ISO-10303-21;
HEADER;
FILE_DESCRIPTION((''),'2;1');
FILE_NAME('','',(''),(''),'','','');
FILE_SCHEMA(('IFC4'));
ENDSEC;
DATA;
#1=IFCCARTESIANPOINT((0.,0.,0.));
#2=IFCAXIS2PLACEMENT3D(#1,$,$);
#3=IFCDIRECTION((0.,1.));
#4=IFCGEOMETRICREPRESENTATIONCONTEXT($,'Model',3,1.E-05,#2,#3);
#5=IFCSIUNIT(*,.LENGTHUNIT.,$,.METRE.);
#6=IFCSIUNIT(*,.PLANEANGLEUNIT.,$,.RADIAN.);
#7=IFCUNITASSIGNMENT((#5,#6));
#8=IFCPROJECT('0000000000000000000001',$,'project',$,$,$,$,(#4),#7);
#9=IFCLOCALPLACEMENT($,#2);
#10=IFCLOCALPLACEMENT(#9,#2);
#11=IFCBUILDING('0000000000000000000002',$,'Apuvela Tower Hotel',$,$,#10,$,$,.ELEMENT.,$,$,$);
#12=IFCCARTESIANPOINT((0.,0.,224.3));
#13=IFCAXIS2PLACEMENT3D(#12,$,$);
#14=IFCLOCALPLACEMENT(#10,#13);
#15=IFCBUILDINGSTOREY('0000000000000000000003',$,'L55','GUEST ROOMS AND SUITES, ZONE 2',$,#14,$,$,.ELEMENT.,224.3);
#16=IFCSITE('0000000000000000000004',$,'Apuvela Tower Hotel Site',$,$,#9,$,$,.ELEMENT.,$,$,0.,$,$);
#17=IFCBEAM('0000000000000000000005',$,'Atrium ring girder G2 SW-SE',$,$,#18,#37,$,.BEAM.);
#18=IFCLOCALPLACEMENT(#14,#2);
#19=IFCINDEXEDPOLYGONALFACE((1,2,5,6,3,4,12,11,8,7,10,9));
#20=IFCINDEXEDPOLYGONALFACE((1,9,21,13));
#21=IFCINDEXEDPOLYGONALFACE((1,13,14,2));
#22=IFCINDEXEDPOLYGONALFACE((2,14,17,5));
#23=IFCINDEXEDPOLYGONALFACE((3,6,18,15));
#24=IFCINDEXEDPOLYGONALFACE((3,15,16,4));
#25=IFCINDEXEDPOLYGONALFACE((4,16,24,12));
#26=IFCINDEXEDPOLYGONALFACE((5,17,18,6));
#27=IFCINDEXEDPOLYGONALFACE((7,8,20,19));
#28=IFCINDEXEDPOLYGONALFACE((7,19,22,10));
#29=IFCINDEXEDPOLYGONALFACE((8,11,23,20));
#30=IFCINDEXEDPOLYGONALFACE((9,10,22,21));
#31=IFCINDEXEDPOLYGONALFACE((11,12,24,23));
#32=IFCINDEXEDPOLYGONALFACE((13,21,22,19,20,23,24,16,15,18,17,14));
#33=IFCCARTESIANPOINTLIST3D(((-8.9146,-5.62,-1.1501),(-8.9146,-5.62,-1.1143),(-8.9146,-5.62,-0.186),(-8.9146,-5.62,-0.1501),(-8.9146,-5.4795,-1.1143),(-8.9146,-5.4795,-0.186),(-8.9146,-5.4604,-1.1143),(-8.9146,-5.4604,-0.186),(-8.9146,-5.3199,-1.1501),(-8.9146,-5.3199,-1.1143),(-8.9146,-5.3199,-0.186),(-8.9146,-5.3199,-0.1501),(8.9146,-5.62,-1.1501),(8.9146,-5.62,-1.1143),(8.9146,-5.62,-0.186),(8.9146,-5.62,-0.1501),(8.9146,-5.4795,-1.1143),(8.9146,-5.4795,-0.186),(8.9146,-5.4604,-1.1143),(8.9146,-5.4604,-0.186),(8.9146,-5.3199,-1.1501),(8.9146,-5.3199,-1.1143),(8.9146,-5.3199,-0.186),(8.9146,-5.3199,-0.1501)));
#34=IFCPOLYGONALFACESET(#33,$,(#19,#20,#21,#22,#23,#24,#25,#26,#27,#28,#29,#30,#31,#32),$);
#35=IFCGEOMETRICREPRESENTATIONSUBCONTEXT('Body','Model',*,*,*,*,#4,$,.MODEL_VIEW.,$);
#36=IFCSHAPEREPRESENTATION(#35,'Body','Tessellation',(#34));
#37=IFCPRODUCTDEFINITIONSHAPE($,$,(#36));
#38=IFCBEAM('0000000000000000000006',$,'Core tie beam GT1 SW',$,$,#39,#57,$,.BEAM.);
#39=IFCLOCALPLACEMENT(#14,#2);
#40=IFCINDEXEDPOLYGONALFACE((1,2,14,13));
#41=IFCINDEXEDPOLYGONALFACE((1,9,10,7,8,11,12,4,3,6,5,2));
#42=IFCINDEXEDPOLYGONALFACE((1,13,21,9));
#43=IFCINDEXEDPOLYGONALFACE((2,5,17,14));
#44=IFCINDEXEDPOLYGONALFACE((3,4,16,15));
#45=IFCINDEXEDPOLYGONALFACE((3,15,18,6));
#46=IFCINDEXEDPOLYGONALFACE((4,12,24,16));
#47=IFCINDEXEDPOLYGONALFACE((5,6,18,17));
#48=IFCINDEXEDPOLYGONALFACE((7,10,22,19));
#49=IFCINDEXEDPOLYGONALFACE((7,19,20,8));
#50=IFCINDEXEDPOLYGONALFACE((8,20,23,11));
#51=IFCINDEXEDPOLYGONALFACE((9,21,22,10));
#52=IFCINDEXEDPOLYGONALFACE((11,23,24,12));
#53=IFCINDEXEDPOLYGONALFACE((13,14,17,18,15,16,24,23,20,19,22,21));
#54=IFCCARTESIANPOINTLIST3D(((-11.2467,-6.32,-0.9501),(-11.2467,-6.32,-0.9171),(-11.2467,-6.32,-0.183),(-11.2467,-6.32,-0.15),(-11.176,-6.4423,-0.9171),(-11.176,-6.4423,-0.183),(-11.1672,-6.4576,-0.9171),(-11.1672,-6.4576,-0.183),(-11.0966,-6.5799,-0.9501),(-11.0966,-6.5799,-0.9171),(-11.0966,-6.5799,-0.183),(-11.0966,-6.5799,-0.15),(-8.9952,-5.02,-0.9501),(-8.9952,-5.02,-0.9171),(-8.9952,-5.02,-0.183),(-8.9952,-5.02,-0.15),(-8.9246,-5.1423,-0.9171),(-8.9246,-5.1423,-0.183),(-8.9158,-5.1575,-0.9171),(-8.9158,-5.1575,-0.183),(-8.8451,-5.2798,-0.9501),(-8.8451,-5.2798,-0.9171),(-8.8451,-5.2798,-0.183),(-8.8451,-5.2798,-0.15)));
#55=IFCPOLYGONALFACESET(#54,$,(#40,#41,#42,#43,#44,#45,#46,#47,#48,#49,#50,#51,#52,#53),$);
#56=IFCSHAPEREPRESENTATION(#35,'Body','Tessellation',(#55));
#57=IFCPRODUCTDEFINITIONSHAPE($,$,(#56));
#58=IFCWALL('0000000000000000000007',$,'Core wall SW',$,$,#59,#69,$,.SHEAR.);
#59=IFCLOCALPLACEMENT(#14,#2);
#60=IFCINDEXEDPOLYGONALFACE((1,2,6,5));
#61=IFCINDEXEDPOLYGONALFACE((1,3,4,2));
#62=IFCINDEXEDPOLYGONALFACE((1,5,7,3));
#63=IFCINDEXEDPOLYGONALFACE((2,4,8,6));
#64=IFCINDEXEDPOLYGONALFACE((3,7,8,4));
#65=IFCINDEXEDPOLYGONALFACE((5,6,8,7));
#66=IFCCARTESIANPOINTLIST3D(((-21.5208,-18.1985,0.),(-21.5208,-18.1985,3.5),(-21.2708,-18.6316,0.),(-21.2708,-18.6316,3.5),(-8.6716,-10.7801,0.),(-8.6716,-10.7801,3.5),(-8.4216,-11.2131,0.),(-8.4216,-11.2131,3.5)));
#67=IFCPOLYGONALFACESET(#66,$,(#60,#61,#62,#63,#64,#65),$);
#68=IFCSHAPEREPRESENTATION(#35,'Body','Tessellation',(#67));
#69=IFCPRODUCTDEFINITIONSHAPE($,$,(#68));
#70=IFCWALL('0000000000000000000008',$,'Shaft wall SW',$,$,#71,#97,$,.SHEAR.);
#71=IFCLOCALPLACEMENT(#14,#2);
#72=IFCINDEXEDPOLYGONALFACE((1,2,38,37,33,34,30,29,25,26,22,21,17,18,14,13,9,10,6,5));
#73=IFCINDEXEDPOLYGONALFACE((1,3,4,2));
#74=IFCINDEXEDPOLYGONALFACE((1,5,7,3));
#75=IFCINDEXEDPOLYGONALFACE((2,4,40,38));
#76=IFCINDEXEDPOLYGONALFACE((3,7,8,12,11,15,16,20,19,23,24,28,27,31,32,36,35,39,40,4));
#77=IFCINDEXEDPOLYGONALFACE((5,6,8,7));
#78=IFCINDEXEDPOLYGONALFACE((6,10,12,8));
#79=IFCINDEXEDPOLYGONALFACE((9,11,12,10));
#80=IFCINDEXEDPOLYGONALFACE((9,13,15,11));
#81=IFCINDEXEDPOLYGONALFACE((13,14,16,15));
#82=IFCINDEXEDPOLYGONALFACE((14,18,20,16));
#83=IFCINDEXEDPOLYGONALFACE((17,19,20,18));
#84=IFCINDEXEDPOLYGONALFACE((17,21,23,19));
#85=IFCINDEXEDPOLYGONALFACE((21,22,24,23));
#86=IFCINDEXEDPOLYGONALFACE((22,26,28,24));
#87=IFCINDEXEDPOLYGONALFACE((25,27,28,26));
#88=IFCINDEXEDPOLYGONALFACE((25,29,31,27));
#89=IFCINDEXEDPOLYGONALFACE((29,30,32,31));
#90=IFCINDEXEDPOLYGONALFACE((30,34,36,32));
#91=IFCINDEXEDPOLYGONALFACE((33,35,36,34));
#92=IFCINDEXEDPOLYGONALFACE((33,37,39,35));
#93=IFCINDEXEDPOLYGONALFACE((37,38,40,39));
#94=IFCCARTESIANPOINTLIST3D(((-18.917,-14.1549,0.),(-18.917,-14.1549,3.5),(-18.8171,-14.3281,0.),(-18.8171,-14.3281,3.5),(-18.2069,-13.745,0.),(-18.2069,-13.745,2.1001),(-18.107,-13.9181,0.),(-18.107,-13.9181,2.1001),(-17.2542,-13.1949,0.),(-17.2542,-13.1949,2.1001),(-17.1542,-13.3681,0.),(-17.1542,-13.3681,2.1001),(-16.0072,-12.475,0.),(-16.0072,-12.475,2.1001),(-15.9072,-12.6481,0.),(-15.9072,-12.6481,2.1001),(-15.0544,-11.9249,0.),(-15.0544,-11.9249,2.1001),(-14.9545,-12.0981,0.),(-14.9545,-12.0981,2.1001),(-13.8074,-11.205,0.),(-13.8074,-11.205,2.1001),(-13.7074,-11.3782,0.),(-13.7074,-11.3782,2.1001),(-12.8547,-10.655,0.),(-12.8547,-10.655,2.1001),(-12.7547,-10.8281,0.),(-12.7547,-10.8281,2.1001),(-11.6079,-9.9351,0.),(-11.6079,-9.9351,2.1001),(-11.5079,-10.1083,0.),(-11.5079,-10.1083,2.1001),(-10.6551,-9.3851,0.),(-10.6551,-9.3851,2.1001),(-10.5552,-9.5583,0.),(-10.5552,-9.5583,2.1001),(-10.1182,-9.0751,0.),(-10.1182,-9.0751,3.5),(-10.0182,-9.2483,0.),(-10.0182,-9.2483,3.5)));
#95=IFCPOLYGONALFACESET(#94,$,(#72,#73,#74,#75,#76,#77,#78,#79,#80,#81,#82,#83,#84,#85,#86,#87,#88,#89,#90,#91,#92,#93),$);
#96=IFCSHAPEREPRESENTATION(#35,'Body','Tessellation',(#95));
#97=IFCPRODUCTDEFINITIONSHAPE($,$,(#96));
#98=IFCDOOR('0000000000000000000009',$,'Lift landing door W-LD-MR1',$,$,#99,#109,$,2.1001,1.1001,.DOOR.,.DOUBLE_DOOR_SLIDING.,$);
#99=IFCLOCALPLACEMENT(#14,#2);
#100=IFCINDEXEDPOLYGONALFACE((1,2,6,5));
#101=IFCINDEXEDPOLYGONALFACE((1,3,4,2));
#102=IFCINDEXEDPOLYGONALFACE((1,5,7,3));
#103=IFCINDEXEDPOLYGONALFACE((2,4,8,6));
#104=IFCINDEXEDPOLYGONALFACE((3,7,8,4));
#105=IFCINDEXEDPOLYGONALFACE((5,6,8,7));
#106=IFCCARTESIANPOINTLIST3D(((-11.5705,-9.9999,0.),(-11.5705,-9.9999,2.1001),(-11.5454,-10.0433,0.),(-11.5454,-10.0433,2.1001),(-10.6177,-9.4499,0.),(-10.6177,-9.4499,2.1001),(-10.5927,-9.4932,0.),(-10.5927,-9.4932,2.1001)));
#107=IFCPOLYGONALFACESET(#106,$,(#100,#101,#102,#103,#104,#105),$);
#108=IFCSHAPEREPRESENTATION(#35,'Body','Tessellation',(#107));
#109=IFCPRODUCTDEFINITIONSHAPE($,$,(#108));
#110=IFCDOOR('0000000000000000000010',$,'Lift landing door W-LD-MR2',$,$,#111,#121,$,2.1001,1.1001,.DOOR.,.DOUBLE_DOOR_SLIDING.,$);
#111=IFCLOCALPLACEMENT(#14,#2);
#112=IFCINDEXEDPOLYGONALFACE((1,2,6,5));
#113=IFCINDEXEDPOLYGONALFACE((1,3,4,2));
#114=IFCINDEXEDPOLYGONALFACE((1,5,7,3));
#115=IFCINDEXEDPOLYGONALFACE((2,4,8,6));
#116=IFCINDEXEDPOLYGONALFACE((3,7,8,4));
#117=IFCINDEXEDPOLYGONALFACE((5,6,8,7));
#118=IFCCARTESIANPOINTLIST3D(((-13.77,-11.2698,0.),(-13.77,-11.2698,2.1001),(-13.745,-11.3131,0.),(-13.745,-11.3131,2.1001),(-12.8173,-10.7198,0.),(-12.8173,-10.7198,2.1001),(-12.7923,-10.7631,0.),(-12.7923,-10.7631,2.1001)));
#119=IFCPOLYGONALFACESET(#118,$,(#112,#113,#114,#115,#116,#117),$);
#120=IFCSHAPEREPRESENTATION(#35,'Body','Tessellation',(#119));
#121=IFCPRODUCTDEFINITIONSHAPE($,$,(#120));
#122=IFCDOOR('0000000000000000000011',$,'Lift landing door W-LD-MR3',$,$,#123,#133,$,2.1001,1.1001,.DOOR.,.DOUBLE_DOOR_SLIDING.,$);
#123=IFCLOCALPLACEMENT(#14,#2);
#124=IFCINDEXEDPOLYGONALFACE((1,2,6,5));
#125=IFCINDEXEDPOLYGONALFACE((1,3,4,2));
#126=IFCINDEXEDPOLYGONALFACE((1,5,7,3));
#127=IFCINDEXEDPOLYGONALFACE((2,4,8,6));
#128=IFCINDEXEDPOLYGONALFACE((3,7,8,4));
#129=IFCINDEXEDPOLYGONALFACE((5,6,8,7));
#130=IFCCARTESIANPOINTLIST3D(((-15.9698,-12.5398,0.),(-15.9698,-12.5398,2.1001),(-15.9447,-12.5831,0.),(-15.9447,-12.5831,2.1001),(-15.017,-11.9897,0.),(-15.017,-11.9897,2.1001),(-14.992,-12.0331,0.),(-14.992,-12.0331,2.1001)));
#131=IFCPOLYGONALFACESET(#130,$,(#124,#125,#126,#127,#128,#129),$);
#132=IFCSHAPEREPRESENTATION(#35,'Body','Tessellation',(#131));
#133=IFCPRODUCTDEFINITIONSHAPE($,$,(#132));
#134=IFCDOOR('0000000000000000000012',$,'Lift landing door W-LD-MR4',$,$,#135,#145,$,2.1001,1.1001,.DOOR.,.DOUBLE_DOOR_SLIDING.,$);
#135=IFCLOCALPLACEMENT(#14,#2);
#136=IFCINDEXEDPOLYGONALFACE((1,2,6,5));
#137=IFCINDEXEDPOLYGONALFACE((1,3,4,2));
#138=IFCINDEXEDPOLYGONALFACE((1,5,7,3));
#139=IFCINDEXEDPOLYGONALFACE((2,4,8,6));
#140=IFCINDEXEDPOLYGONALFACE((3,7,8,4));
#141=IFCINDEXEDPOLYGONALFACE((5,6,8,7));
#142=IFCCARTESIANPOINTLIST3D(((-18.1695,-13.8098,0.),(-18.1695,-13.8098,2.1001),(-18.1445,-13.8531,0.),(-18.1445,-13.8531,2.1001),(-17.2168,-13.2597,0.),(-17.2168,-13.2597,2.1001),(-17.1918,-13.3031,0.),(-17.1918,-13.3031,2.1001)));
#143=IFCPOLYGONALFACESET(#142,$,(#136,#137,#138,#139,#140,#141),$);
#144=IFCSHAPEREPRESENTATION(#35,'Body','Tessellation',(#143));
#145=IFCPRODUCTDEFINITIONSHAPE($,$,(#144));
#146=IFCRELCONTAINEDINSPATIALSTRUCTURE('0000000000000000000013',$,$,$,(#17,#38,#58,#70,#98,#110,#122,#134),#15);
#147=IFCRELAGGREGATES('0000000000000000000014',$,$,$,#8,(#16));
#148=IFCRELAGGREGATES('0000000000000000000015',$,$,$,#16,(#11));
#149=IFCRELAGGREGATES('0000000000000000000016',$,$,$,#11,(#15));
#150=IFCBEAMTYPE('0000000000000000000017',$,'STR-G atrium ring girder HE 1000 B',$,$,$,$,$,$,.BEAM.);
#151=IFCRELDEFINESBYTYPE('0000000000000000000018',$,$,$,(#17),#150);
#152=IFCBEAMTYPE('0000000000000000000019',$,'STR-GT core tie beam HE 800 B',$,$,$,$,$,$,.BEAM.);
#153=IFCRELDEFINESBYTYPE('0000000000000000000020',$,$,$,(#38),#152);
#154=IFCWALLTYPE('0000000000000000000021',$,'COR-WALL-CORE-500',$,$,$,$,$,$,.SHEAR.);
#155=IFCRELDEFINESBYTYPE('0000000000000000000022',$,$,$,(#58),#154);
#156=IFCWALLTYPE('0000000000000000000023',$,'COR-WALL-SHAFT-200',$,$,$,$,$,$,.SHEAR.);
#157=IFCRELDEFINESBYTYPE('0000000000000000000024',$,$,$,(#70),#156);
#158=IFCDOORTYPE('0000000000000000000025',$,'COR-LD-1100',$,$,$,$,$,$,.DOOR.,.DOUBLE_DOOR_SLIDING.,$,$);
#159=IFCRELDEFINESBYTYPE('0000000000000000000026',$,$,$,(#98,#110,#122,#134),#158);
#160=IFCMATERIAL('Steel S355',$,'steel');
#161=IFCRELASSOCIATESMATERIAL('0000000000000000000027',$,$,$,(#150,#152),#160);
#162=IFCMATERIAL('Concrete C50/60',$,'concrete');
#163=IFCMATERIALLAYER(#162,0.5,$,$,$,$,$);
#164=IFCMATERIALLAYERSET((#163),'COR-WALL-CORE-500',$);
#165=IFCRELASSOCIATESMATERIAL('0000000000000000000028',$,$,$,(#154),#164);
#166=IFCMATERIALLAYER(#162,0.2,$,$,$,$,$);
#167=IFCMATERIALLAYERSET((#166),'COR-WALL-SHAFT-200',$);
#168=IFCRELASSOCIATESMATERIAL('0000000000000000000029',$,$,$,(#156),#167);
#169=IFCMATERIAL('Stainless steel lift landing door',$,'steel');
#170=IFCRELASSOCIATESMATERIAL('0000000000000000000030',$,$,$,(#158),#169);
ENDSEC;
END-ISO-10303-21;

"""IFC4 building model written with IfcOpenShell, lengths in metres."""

from ifc_helpers import new_model, si_unit, direction, frame, frame_2d, origin, origin_2d, place, context, subcontext, project, spatial, rectangle, i_section, extrude, material, layer, layer_set, material_profile, profile_set, type_object, element, fill, save


model = new_model("IFC4")

# Units and contexts
model_context = context("Model", 3, precision=1e-05, world=origin(), true_north=direction((0.0, 1.0)))
body_context = subcontext(model_context, "Body", "Model", "MODEL_VIEW")
ifc_project = project(units=[si_unit("LENGTHUNIT", "METRE"), si_unit("PLANEANGLEUNIT", "RADIAN")], contexts=[model_context])

# Site, building, storey
site_placement = place(None, origin())
site = spatial("IfcSite", under=ifc_project, at=site_placement, Name="Apuvela Tower Hotel Site", CompositionType="ELEMENT", RefElevation=0.0)
building_placement = place(site_placement, origin())
building = spatial("IfcBuilding", under=site, at=building_placement, Name="Apuvela Tower Hotel", CompositionType="ELEMENT")
storey_placement = place(building_placement, frame((0.0, 0.0, 224.3)))
storey = spatial("IfcBuildingStorey", under=building, at=storey_placement, Name="L55", Description="GUEST ROOMS AND SUITES, ZONE 2", CompositionType="ELEMENT", Elevation=224.3)

# Beams
ifc_material_1 = material(Name="Steel S355", Category="steel")
ifc_material_profile_1 = material_profile(ifc_material_1, i_section(OverallWidth=0.3, OverallDepth=1.0, WebThickness=0.019, FlangeThickness=0.0359, at=origin_2d()), Name="HE 1000 B")
ifc_profile_set_1 = profile_set([ifc_material_profile_1], Name="Steel S355")
beam_type_1 = type_object("IfcBeamType", Name="STR-G atrium ring girder HE 1000 B", PredefinedType="BEAM", material=ifc_profile_set_1)
beam_1_placement = place(storey_placement, frame((-8.9146, -5.47, -0.6501), z_axis=(1.0, 0.0, 0.0), x_axis=(0.0, 1.0, 0.0)))
element("IfcBeam", 1, at=beam_1_placement, inside=storey, type_object=beam_type_1, Name="Atrium ring girder G2 SW-SE", PredefinedType="BEAM", context=body_context, shape_type="SweptSolid", body=[
    extrude(i_section(OverallWidth=0.3, OverallDepth=1.0, WebThickness=0.019, FlangeThickness=0.0359, at=origin_2d()), origin(), (0.0, 0.0, 1.0), 17.8291),
])
ifc_material_profile_2 = material_profile(ifc_material_1, i_section(OverallWidth=0.3, OverallDepth=0.8, WebThickness=0.0176, FlangeThickness=0.033, at=origin_2d()), Name="HE 800 B")
ifc_profile_set_2 = profile_set([ifc_material_profile_2], Name="Steel S355")
beam_type_2 = type_object("IfcBeamType", Name="STR-GT core tie beam HE 800 B", PredefinedType="BEAM", material=ifc_profile_set_2)
beam_2_placement = place(storey_placement, frame((-11.1716, -6.45, -0.55), z_axis=(0.865998, 0.500048, 0.0), x_axis=(-0.500048, 0.865998, 0.0)))
element("IfcBeam", 2, at=beam_2_placement, inside=storey, type_object=beam_type_2, Name="Core tie beam GT1 SW", PredefinedType="BEAM", context=body_context, shape_type="SweptSolid", body=[
    extrude(i_section(OverallWidth=0.3, OverallDepth=0.8, WebThickness=0.0176, FlangeThickness=0.033, at=origin_2d()), origin(), (0.0, 0.0, 1.0), 2.5999),
])

# Wall
ifc_material_2 = material(Name="Concrete C50/60", Category="concrete")
ifc_layer_1 = layer(ifc_material_2, 0.5)
ifc_layer_set_1 = layer_set([ifc_layer_1], Name="COR-WALL-CORE-500")
wall_type_1 = type_object("IfcWallType", Name="COR-WALL-CORE-500", PredefinedType="SHEAR", material=ifc_layer_set_1)
wall_1_placement = place(storey_placement, frame((-8.5466, -10.9966, 0.0), z_axis=(0.0, 0.0, 1.0), x_axis=(-0.866025, -0.500001, 0.0)))
element("IfcWall", 3, at=wall_1_placement, inside=storey, type_object=wall_type_1, Name="Core wall SW", PredefinedType="SHEAR", context=body_context, shape_type="SweptSolid", body=[
    extrude(rectangle(XDim=14.8369, YDim=0.5, at=frame_2d((7.4185, 0.0))), origin(), (0.0, 0.0, 1.0), 3.5),
])

# Wall, openings, doors
ifc_layer_2 = layer(ifc_material_2, 0.2)
ifc_layer_set_2 = layer_set([ifc_layer_2], Name="COR-WALL-SHAFT-200")
wall_type_2 = type_object("IfcWallType", Name="COR-WALL-SHAFT-200", PredefinedType="SHEAR", material=ifc_layer_set_2)
wall_2_placement = place(storey_placement, frame((-10.0681, -9.1616, 0.0), z_axis=(0.0, 0.0, 1.0), x_axis=(-0.866033, -0.499987, 0.0)))
wall_2 = element("IfcWall", 4, at=wall_2_placement, inside=storey, type_object=wall_type_2, Name="Shaft wall SW", PredefinedType="SHEAR", context=body_context, shape_type="SweptSolid", body=[
    extrude(rectangle(XDim=10.1599, YDim=0.2, at=frame_2d((5.0801, 0.0))), origin(), (0.0, 0.0, 1.0), 3.5),
])
opening_1_placement = place(wall_2_placement, frame((0.6201, 0.0, 0.0)))
opening_1 = element("IfcOpeningElement", 5, at=opening_1_placement, cuts=wall_2, PredefinedType="OPENING", context=body_context, shape_type="SweptSolid", body=[
    extrude(rectangle(XDim=1.1001, YDim=2.1001, at=frame_2d((0.55, 1.05))), frame((0.0, 0.1099, 0.0), z_axis=(0.0, -1.0, 0.0), x_axis=(1.0, 0.0, 0.0)), (0.0, 0.0, 1.0), 0.22),
])
opening_2_placement = place(wall_2_placement, frame((3.1599, 0.0, 0.0)))
opening_2 = element("IfcOpeningElement", 6, at=opening_2_placement, cuts=wall_2, PredefinedType="OPENING", context=body_context, shape_type="SweptSolid", body=[
    extrude(rectangle(XDim=1.1001, YDim=2.1001, at=frame_2d((0.55, 1.05))), frame((0.0, 0.1099, 0.0), z_axis=(0.0, -1.0, 0.0), x_axis=(1.0, 0.0, 0.0)), (0.0, 0.0, 1.0), 0.22),
])
opening_3_placement = place(wall_2_placement, frame((5.7, 0.0, 0.0)))
opening_3 = element("IfcOpeningElement", 7, at=opening_3_placement, cuts=wall_2, PredefinedType="OPENING", context=body_context, shape_type="SweptSolid", body=[
    extrude(rectangle(XDim=1.1001, YDim=2.1001, at=frame_2d((0.55, 1.05))), frame((0.0, 0.1099, 0.0), z_axis=(0.0, -1.0, 0.0), x_axis=(1.0, 0.0, 0.0)), (0.0, 0.0, 1.0), 0.22),
])
opening_4_placement = place(wall_2_placement, frame((8.24, 0.0, 0.0)))
opening_4 = element("IfcOpeningElement", 8, at=opening_4_placement, cuts=wall_2, PredefinedType="OPENING", context=body_context, shape_type="SweptSolid", body=[
    extrude(rectangle(XDim=1.1001, YDim=2.1001, at=frame_2d((0.55, 1.05))), frame((0.0, 0.1099, 0.0), z_axis=(0.0, -1.0, 0.0), x_axis=(1.0, 0.0, 0.0)), (0.0, 0.0, 1.0), 0.22),
])
ifc_material_3 = material(Name="Stainless steel lift landing door", Category="steel")
door_type_1 = type_object("IfcDoorType", Name="COR-LD-1100", OperationType="DOUBLE_DOOR_SLIDING", PredefinedType="DOOR", material=ifc_material_3)
door_1_placement = place(opening_1_placement, origin())
door_1 = element("IfcDoor", 9, at=door_1_placement, inside=storey, type_object=door_type_1, Name="Lift landing door W-LD-MR1", OperationType="DOUBLE_DOOR_SLIDING", OverallHeight=2.1001, OverallWidth=1.1001, PredefinedType="DOOR", context=body_context, shape_type="SweptSolid", body=[
    extrude(rectangle(XDim=1.1001, YDim=2.1001, at=frame_2d((0.55, 1.05))), frame((0.0, 0.0249, 0.0), z_axis=(0.0, -1.0, 0.0), x_axis=(1.0, 0.0, 0.0)), (0.0, 0.0, 1.0), 0.05),
])
fill(opening_1, door_1)
door_2_placement = place(opening_2_placement, origin())
door_2 = element("IfcDoor", 10, at=door_2_placement, inside=storey, type_object=door_type_1, Name="Lift landing door W-LD-MR2", OperationType="DOUBLE_DOOR_SLIDING", OverallHeight=2.1001, OverallWidth=1.1001, PredefinedType="DOOR", context=body_context, shape_type="SweptSolid", body=[
    extrude(rectangle(XDim=1.1001, YDim=2.1001, at=frame_2d((0.55, 1.05))), frame((0.0, 0.0249, 0.0), z_axis=(0.0, -1.0, 0.0), x_axis=(1.0, 0.0, 0.0)), (0.0, 0.0, 1.0), 0.05),
])
fill(opening_2, door_2)
door_3_placement = place(opening_3_placement, origin())
door_3 = element("IfcDoor", 11, at=door_3_placement, inside=storey, type_object=door_type_1, Name="Lift landing door W-LD-MR3", OperationType="DOUBLE_DOOR_SLIDING", OverallHeight=2.1001, OverallWidth=1.1001, PredefinedType="DOOR", context=body_context, shape_type="SweptSolid", body=[
    extrude(rectangle(XDim=1.1001, YDim=2.1001, at=frame_2d((0.55, 1.05))), frame((0.0, 0.0249, 0.0), z_axis=(0.0, -1.0, 0.0), x_axis=(1.0, 0.0, 0.0)), (0.0, 0.0, 1.0), 0.05),
])
fill(opening_3, door_3)
door_4_placement = place(opening_4_placement, origin())
door_4 = element("IfcDoor", 12, at=door_4_placement, inside=storey, type_object=door_type_1, Name="Lift landing door W-LD-MR4", OperationType="DOUBLE_DOOR_SLIDING", OverallHeight=2.1001, OverallWidth=1.1001, PredefinedType="DOOR", context=body_context, shape_type="SweptSolid", body=[
    extrude(rectangle(XDim=1.1001, YDim=2.1001, at=frame_2d((0.55, 1.05))), frame((0.0, 0.0249, 0.0), z_axis=(0.0, -1.0, 0.0), x_axis=(1.0, 0.0, 0.0)), (0.0, 0.0, 1.0), 0.05),
])
fill(opening_4, door_4)

save(model, "model.ifc")
